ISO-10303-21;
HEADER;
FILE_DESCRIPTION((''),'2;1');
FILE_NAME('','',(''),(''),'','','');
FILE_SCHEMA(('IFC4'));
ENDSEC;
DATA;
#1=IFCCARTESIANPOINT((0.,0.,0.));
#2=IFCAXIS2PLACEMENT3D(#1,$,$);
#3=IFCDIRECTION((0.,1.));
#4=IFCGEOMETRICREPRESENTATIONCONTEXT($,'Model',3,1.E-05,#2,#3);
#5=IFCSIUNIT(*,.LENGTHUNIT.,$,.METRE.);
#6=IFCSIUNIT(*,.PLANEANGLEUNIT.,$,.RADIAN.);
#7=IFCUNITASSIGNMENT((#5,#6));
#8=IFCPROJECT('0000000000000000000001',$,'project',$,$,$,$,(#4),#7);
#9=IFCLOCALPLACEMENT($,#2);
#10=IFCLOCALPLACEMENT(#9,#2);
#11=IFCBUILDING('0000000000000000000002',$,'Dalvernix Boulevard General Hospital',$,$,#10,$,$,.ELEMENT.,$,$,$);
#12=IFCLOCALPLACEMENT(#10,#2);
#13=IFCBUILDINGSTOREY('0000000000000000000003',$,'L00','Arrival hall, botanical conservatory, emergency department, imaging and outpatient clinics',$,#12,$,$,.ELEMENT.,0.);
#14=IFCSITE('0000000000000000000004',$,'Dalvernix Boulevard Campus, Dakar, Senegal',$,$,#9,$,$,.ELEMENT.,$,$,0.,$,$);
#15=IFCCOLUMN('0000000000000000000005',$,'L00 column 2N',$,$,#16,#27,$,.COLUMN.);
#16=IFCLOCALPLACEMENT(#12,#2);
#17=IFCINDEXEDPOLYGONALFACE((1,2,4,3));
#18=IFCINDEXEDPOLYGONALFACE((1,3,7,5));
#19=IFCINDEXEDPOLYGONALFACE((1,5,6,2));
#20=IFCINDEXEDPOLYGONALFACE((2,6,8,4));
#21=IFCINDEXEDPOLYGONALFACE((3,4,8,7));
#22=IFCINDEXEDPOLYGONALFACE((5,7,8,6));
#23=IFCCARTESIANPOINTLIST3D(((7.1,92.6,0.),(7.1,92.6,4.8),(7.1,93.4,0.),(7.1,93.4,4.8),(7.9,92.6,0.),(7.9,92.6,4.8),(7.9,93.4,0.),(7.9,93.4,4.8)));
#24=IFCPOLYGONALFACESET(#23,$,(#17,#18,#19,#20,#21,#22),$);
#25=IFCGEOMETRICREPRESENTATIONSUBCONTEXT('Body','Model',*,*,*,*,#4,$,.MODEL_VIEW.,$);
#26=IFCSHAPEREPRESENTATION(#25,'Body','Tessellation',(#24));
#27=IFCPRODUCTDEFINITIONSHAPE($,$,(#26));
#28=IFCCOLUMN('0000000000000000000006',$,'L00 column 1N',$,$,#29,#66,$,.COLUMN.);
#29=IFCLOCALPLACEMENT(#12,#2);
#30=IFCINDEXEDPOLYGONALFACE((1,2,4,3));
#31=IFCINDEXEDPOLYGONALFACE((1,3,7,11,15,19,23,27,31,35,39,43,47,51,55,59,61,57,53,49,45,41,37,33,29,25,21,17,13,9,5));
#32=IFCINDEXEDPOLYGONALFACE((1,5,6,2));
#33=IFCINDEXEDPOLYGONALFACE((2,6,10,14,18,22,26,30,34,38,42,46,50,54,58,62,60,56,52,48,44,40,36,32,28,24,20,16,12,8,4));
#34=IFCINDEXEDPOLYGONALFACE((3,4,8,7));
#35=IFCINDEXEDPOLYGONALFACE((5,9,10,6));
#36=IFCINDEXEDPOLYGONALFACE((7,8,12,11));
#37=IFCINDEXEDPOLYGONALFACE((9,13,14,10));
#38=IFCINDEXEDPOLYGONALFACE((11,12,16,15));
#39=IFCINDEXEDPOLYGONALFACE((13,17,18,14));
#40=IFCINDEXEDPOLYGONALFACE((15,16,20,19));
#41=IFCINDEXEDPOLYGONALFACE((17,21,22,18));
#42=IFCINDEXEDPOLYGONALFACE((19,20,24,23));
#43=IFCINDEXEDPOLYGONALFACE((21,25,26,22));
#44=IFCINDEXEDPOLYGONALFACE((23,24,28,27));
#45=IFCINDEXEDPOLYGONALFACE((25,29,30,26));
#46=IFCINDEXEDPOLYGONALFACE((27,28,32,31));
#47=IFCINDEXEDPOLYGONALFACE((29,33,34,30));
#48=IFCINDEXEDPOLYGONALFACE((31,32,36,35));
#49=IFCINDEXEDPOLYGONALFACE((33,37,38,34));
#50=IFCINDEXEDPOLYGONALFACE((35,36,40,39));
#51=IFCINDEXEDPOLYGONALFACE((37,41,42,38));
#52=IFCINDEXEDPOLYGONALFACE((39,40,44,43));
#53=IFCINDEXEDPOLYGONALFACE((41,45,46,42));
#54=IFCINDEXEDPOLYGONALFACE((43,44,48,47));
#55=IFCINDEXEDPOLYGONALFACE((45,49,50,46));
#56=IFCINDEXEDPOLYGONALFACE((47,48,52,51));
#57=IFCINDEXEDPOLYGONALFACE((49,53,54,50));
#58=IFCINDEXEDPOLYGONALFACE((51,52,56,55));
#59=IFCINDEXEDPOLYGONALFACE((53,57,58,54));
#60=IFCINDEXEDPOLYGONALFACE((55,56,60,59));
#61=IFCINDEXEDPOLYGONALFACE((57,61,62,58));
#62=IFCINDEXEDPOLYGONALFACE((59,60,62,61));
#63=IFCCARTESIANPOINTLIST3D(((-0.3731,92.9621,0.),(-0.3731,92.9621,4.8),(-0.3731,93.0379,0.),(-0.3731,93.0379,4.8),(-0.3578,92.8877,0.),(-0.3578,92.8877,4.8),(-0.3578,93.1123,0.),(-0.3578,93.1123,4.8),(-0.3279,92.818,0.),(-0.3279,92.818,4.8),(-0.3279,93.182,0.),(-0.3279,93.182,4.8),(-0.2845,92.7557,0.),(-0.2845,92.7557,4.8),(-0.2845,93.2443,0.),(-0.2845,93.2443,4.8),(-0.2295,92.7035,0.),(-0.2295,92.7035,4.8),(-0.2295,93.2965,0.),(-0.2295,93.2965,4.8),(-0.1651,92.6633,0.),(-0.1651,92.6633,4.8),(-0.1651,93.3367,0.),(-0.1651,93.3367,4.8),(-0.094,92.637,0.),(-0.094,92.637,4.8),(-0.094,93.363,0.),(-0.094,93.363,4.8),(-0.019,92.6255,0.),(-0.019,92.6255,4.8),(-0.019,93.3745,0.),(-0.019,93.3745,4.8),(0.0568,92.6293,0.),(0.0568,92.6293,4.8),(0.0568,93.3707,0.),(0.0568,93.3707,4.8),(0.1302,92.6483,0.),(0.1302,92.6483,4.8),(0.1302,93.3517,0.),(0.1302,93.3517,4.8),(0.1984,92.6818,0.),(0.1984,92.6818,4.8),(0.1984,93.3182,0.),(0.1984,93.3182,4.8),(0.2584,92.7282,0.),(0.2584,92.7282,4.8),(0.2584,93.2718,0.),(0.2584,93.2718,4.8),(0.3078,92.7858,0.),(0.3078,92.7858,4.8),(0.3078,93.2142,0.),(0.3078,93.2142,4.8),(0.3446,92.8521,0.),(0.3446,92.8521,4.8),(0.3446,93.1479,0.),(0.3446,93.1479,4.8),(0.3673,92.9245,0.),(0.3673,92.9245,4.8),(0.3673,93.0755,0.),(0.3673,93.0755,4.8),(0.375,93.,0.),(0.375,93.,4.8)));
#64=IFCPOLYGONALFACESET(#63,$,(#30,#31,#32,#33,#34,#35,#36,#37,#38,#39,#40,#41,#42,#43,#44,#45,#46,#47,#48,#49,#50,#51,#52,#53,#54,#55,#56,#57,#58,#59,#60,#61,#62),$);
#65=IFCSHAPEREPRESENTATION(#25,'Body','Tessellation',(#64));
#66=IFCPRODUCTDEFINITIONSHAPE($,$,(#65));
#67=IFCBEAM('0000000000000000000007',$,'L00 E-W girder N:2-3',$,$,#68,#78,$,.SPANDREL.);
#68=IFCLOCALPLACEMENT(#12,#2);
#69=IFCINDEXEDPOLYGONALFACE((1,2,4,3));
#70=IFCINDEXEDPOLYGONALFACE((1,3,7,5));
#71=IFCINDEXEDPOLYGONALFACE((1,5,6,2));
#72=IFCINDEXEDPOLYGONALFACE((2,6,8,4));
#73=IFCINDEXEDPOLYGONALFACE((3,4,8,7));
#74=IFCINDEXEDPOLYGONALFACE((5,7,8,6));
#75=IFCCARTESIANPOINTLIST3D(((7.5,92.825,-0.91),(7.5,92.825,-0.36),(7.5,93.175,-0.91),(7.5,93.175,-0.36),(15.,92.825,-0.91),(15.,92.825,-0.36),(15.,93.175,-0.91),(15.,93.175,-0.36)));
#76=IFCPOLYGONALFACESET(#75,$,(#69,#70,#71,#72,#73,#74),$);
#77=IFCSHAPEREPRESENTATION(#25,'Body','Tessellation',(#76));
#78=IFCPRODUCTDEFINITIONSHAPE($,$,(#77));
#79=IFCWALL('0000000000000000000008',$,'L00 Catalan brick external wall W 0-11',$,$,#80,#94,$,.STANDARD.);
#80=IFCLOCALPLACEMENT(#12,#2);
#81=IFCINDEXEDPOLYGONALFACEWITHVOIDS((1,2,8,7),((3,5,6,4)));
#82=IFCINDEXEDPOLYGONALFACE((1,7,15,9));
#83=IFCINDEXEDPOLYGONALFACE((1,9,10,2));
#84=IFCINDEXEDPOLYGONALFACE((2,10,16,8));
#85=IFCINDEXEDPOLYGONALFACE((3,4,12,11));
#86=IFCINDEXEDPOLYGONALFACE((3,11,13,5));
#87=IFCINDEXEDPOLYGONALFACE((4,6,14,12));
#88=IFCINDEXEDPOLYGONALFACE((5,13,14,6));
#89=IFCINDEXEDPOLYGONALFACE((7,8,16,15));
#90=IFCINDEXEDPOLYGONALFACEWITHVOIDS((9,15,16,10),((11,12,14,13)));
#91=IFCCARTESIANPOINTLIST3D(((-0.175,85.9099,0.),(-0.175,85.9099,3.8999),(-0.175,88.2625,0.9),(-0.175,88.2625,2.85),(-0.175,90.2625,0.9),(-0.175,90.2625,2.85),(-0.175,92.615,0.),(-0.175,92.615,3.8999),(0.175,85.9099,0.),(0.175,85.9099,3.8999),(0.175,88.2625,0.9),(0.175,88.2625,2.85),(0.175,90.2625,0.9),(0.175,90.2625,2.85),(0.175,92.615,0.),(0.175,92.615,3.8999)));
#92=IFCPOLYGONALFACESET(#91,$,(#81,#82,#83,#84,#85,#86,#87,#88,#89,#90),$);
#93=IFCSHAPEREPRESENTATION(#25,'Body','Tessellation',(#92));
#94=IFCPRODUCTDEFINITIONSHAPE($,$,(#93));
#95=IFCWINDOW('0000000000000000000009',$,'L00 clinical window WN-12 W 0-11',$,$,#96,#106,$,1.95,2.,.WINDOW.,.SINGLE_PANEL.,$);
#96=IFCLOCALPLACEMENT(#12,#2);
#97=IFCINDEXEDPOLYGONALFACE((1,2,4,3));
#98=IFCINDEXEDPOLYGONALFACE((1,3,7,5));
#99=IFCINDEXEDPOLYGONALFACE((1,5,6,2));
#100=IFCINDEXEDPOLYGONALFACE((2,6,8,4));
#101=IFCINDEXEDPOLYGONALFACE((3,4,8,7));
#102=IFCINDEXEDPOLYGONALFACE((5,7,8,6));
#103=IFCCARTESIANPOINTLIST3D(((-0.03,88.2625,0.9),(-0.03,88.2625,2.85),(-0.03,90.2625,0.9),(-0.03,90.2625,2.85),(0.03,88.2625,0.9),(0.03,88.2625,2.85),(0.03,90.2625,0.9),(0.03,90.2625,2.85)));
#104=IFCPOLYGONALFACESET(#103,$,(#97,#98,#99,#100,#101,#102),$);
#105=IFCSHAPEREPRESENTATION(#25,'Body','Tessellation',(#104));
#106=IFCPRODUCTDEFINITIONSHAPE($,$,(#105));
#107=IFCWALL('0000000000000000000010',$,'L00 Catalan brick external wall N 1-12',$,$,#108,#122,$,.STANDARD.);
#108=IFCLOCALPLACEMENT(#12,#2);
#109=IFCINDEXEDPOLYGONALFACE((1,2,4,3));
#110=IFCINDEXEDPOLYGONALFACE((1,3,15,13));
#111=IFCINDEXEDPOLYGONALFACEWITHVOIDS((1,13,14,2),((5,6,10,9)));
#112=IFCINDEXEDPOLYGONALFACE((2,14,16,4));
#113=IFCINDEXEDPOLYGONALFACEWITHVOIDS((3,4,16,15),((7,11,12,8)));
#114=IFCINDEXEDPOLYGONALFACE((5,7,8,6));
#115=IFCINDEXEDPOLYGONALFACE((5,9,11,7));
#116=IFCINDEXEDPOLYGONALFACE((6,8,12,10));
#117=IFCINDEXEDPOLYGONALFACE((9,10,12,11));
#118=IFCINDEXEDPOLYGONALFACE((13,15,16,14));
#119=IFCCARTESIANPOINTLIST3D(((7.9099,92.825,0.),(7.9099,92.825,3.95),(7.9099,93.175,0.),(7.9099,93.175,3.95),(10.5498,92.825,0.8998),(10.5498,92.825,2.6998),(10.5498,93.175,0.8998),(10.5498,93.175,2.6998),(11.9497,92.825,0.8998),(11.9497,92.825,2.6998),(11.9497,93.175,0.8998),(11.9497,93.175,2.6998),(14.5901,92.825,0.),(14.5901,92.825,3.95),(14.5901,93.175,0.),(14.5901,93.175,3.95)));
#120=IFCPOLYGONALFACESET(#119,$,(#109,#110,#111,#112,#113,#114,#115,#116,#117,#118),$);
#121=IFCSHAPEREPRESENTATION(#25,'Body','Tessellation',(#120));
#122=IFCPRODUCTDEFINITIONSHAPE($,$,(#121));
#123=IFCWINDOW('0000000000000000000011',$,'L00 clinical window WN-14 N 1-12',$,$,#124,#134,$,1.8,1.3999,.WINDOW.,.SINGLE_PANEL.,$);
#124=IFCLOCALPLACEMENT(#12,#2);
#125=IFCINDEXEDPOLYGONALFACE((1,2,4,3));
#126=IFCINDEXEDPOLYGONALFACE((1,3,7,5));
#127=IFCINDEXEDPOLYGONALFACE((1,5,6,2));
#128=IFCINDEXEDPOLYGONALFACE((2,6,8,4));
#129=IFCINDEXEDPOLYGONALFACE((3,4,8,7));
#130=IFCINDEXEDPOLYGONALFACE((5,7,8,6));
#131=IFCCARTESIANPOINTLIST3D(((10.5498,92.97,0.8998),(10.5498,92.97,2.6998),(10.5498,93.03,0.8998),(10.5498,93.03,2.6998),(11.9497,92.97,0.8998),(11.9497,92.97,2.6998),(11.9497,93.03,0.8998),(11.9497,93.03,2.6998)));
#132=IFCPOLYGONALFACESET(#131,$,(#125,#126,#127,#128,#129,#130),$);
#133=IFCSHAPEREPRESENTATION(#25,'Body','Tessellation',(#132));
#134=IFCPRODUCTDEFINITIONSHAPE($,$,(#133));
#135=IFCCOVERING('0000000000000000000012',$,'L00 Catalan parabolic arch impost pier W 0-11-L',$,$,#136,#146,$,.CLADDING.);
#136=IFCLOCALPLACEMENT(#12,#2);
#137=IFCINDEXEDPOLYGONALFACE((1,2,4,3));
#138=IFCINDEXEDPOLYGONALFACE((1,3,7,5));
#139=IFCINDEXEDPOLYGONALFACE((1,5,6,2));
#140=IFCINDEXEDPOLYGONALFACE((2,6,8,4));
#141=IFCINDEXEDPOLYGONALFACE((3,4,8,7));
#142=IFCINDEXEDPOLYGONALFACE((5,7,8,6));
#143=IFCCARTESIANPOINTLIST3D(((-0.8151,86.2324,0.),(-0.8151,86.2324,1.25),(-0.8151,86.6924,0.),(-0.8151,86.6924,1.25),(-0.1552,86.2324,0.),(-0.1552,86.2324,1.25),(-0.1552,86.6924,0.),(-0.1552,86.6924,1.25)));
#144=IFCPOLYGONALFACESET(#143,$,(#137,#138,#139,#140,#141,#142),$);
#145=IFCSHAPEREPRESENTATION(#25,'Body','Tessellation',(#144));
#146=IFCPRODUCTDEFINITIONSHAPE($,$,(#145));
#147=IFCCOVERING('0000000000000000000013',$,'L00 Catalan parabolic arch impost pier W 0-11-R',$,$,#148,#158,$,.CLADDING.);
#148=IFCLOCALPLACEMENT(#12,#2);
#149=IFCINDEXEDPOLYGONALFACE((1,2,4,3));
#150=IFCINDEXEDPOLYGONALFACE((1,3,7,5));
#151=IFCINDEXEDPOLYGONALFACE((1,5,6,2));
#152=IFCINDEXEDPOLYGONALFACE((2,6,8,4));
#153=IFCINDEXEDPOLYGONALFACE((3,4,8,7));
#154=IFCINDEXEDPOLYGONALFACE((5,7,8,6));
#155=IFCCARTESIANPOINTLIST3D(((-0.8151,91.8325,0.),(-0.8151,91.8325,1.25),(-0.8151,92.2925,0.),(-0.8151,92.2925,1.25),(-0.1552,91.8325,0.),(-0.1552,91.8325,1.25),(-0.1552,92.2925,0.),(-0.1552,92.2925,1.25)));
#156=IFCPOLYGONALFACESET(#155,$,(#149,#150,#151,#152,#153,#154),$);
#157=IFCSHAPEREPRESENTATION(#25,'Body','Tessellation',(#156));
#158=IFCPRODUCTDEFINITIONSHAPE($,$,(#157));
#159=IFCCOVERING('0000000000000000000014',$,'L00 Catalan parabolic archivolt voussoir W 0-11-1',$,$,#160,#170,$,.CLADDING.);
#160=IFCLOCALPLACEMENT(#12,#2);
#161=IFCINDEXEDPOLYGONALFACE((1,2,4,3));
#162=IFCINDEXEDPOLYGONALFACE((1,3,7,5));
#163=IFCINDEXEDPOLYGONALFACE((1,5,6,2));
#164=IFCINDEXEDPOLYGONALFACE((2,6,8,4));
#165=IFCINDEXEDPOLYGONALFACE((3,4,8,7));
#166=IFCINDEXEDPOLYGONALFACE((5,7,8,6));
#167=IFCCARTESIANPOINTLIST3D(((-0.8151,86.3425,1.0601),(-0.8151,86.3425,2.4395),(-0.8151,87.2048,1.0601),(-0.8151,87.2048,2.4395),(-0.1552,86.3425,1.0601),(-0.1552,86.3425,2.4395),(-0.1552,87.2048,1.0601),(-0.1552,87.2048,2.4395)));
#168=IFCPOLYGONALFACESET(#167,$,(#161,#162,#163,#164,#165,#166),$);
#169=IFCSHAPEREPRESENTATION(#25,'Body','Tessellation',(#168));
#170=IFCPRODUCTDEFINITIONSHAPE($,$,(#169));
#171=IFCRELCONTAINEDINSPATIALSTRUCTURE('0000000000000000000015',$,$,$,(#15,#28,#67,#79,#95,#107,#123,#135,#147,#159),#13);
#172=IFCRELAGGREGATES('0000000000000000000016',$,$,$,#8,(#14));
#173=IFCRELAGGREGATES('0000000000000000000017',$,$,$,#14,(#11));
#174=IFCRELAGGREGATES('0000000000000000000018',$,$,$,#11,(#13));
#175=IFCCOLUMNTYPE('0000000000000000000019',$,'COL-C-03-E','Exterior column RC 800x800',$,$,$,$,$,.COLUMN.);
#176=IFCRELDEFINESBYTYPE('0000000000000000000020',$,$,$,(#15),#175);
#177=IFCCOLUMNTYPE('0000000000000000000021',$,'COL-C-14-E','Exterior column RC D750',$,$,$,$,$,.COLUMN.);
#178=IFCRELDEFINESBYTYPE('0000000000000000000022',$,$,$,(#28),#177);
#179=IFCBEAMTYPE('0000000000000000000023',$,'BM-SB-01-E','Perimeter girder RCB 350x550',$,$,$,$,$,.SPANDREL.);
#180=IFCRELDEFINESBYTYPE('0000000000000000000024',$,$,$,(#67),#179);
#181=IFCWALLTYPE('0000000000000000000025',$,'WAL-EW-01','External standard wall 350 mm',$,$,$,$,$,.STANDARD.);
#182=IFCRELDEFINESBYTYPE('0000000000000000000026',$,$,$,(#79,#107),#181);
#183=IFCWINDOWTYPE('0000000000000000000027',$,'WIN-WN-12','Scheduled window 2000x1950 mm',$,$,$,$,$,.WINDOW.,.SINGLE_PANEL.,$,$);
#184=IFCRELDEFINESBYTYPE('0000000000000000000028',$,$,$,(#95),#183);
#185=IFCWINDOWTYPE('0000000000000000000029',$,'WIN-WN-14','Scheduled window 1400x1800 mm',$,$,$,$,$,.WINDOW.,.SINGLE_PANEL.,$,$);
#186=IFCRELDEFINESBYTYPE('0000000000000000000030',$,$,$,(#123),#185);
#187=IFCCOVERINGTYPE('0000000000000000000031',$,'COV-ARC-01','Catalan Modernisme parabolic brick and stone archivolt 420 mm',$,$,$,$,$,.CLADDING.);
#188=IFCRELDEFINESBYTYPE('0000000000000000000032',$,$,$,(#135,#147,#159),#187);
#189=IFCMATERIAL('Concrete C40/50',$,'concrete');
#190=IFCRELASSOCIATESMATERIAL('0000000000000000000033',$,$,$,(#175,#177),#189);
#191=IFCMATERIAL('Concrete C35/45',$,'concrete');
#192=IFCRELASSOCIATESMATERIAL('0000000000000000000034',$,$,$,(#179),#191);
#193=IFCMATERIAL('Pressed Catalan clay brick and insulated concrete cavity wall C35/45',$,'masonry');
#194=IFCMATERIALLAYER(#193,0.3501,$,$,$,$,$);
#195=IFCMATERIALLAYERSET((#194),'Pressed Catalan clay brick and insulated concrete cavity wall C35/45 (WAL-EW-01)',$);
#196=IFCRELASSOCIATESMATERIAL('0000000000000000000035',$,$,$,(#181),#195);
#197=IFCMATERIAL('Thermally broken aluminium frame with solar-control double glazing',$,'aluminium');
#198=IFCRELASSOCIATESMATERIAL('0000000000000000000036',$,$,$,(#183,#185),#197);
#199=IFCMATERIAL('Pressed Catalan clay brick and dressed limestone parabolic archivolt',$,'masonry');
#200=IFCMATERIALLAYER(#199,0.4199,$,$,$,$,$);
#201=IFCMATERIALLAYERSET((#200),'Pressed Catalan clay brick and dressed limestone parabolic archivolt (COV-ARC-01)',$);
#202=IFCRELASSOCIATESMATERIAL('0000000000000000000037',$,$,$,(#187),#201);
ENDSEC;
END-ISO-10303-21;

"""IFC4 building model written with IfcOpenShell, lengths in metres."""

from ifc_helpers import new_model, si_unit, direction, frame, frame_2d, origin, origin_2d, place, context, subcontext, project, spatial, rectangle, circle, extrude, material, layer, layer_set, material_profile, profile_set, type_object, element, fill, save


model = new_model("IFC4")

# Units and contexts
model_context = context("Model", 3, precision=1e-05, world=origin(), true_north=direction((0.0, 1.0)))
body_context = subcontext(model_context, "Body", "Model", "MODEL_VIEW")
ifc_project = project(units=[si_unit("LENGTHUNIT", "METRE"), si_unit("PLANEANGLEUNIT", "RADIAN")], contexts=[model_context])

# Site, building, storey
site_placement = place(None, origin())
site = spatial("IfcSite", under=ifc_project, at=site_placement, Name="Dalvernix Boulevard Campus, Dakar, Senegal", CompositionType="ELEMENT", RefElevation=0.0)
building_placement = place(site_placement, origin())
building = spatial("IfcBuilding", under=site, at=building_placement, Name="Dalvernix Boulevard General Hospital", CompositionType="ELEMENT")
storey_placement = place(building_placement, origin())
storey = spatial("IfcBuildingStorey", under=building, at=storey_placement, Name="L00", Description="Arrival hall, botanical conservatory, emergency department, imaging and outpatient clinics", CompositionType="ELEMENT", Elevation=0.0)

# Columns
ifc_material_1 = material(Name="Concrete C40/50", Category="concrete")
ifc_material_profile_1 = material_profile(ifc_material_1, rectangle(XDim=0.8, YDim=0.8, at=origin_2d()), Name="RC 800x800")
ifc_profile_set_1 = profile_set([ifc_material_profile_1], Name="Concrete C40/50")
column_type_1 = type_object("IfcColumnType", Name="COL-C-03-E", Description="Exterior column RC 800x800", PredefinedType="COLUMN", material=ifc_profile_set_1)
column_1_placement = place(storey_placement, frame((7.5, 93.0, 0.0), z_axis=(0.0, 0.0, 1.0), x_axis=(1.0, 0.0, 0.0)))
element("IfcColumn", 1, at=column_1_placement, inside=storey, type_object=column_type_1, Name="L00 column 2N", PredefinedType="COLUMN", context=body_context, shape_type="SweptSolid", body=[
    extrude(rectangle(XDim=0.8, YDim=0.8, at=origin_2d()), origin(), (0.0, 0.0, 1.0), 4.8),
])
ifc_material_profile_2 = material_profile(ifc_material_1, circle(Radius=0.375, at=origin_2d()), Name="RC D750")
ifc_profile_set_2 = profile_set([ifc_material_profile_2], Name="Concrete C40/50")
column_type_2 = type_object("IfcColumnType", Name="COL-C-14-E", Description="Exterior column RC D750", PredefinedType="COLUMN", material=ifc_profile_set_2)
column_2_placement = place(storey_placement, frame((0.0, 93.0, 0.0), z_axis=(0.0, 0.0, 1.0), x_axis=(1.0, 0.0, 0.0)))
element("IfcColumn", 2, at=column_2_placement, inside=storey, type_object=column_type_2, Name="L00 column 1N", PredefinedType="COLUMN", context=body_context, shape_type="SweptSolid", body=[
    extrude(circle(Radius=0.375, at=origin_2d()), origin(), (0.0, 0.0, 1.0), 4.8),
])

# Beam
ifc_material_2 = material(Name="Concrete C35/45", Category="concrete")
ifc_material_profile_3 = material_profile(ifc_material_2, rectangle(XDim=0.3501, YDim=0.55, at=origin_2d()), Name="RCB 350x550")
ifc_profile_set_3 = profile_set([ifc_material_profile_3], Name="Concrete C35/45")
beam_type = type_object("IfcBeamType", Name="BM-SB-01-E", Description="Perimeter girder RCB 350x550", PredefinedType="SPANDREL", material=ifc_profile_set_3)
beam_placement = place(storey_placement, frame((7.5, 93.0, -0.635), z_axis=(1.0, 0.0, 0.0), x_axis=(0.0, 1.0, 0.0)))
element("IfcBeam", 3, at=beam_placement, inside=storey, type_object=beam_type, Name="L00 E-W girder N:2-3", PredefinedType="SPANDREL", context=body_context, shape_type="SweptSolid", body=[
    extrude(rectangle(XDim=0.3501, YDim=0.55, at=origin_2d()), origin(), (0.0, 0.0, 1.0), 7.5),
])

# Shared definitions
ifc_material_3 = material(Name="Pressed Catalan clay brick and insulated concrete cavity wall C35/45", Category="masonry")
ifc_layer_1 = layer(ifc_material_3, 0.3501)
ifc_layer_set_1 = layer_set([ifc_layer_1], Name="Pressed Catalan clay brick and insulated concrete cavity wall C35/45 (WAL-EW-01)")
wall_type = type_object("IfcWallType", Name="WAL-EW-01", Description="External standard wall 350 mm", PredefinedType="STANDARD", material=ifc_layer_set_1)

# Walls, openings, windows
wall_1_placement = place(storey_placement, frame((0.0, 85.9099, 0.0), z_axis=(0.0, 0.0, 1.0), x_axis=(0.0, 1.0, 0.0)))
wall_1 = element("IfcWall", 4, at=wall_1_placement, inside=storey, type_object=wall_type, Name="L00 Catalan brick external wall W 0-11", PredefinedType="STANDARD", context=body_context, shape_type="SweptSolid", body=[
    extrude(rectangle(XDim=6.7051, YDim=0.3501, at=frame_2d((3.3525, 0.0))), origin(), (0.0, 0.0, 1.0), 3.8999),
])
opening_1_placement = place(wall_1_placement, frame((2.3525, 0.0, 0.8999)))
opening_1 = element("IfcOpeningElement", 5, at=opening_1_placement, cuts=wall_1, PredefinedType="OPENING", context=body_context, shape_type="SweptSolid", body=[
    extrude(rectangle(XDim=2.0, YDim=1.95, at=frame_2d((1.0, 0.9751))), frame((0.0, 0.1851, 0.0), z_axis=(0.0, -1.0, 0.0), x_axis=(1.0, 0.0, 0.0)), (0.0, 0.0, 1.0), 0.3701),
])
ifc_material_4 = material(Name="Thermally broken aluminium frame with solar-control double glazing", Category="aluminium")
window_type_1 = type_object("IfcWindowType", Name="WIN-WN-12", Description="Scheduled window 2000x1950 mm", PartitioningType="SINGLE_PANEL", PredefinedType="WINDOW", material=ifc_material_4)
window_1_placement = place(opening_1_placement, origin())
window_1 = element("IfcWindow", 6, at=window_1_placement, inside=storey, type_object=window_type_1, Name="L00 clinical window WN-12 W 0-11", OverallHeight=1.95, OverallWidth=2.0, PartitioningType="SINGLE_PANEL", PredefinedType="WINDOW", context=body_context, shape_type="SweptSolid", body=[
    extrude(rectangle(XDim=2.0, YDim=1.95, at=frame_2d((1.0, 0.9751))), frame((0.0, 0.03, 0.0), z_axis=(0.0, -1.0, 0.0), x_axis=(1.0, 0.0, 0.0)), (0.0, 0.0, 1.0), 0.0601),
])
fill(opening_1, window_1)
wall_2_placement = place(storey_placement, frame((7.9099, 93.0, 0.0), z_axis=(0.0, 0.0, 1.0), x_axis=(1.0, 0.0, 0.0)))
wall_2 = element("IfcWall", 7, at=wall_2_placement, inside=storey, type_object=wall_type, Name="L00 Catalan brick external wall N 1-12", PredefinedType="STANDARD", context=body_context, shape_type="SweptSolid", body=[
    extrude(rectangle(XDim=6.6802, YDim=0.3501, at=frame_2d((3.3401, 0.0))), origin(), (0.0, 0.0, 1.0), 3.95),
])
opening_2_placement = place(wall_2_placement, frame((2.6399, 0.0, 0.8999)))
opening_2 = element("IfcOpeningElement", 8, at=opening_2_placement, cuts=wall_2, PredefinedType="OPENING", context=body_context, shape_type="SweptSolid", body=[
    extrude(rectangle(XDim=1.3999, YDim=1.8, at=frame_2d((0.7, 0.8999))), frame((0.0, 0.1851, 0.0), z_axis=(0.0, -1.0, 0.0), x_axis=(1.0, 0.0, 0.0)), (0.0, 0.0, 1.0), 0.3701),
])
window_type_2 = type_object("IfcWindowType", Name="WIN-WN-14", Description="Scheduled window 1400x1800 mm", PartitioningType="SINGLE_PANEL", PredefinedType="WINDOW", material=ifc_material_4)
window_2_placement = place(opening_2_placement, origin())
window_2 = element("IfcWindow", 9, at=window_2_placement, inside=storey, type_object=window_type_2, Name="L00 clinical window WN-14 N 1-12", OverallHeight=1.8, OverallWidth=1.3999, PartitioningType="SINGLE_PANEL", PredefinedType="WINDOW", context=body_context, shape_type="SweptSolid", body=[
    extrude(rectangle(XDim=1.3999, YDim=1.8, at=frame_2d((0.7, 0.8999))), frame((0.0, 0.03, 0.0), z_axis=(0.0, -1.0, 0.0), x_axis=(1.0, 0.0, 0.0)), (0.0, 0.0, 1.0), 0.0601),
])
fill(opening_2, window_2)

# Coverings
ifc_material_5 = material(Name="Pressed Catalan clay brick and dressed limestone parabolic archivolt", Category="masonry")
ifc_layer_2 = layer(ifc_material_5, 0.4199)
ifc_layer_set_2 = layer_set([ifc_layer_2], Name="Pressed Catalan clay brick and dressed limestone parabolic archivolt (COV-ARC-01)")
covering_type_1 = type_object("IfcCoveringType", Name="COV-ARC-01", Description="Catalan Modernisme parabolic brick and stone archivolt 420 mm", PredefinedType="CLADDING", material=ifc_layer_set_2)
for number, where, z_axis, x_axis, name in (
    (10, (-0.4851, 86.4624, 0.0), (0.0, 0.0, 1.0), (0.0, 1.0, 0.0), "L00 Catalan parabolic arch impost pier W 0-11-L"),
    (11, (-0.4851, 92.0625, 0.0), (0.0, 0.0, 1.0), (0.0, 1.0, 0.0), "L00 Catalan parabolic arch impost pier W 0-11-R"),
):
    element("IfcCovering", number, at=place(storey_placement, frame(where, z_axis=z_axis, x_axis=x_axis)), inside=storey, type_object=covering_type_1, Name=name, PredefinedType="CLADDING", context=body_context, shape_type="SweptSolid", body=[
        extrude(rectangle(XDim=0.46, YDim=0.6599, at=origin_2d()), origin(), (0.0, 0.0, 1.0), 1.25),
    ])
covering_1_placement = place(storey_placement, frame((-0.4851, 86.7737, 1.0601), z_axis=(0.0, 0.0, 1.0), x_axis=(0.0, 1.0, 0.0)))
element("IfcCovering", 12, at=covering_1_placement, inside=storey, type_object=covering_type_1, Name="L00 Catalan parabolic archivolt voussoir W 0-11-1", PredefinedType="CLADDING", context=body_context, shape_type="SweptSolid", body=[
    extrude(rectangle(XDim=0.8623, YDim=0.6599, at=origin_2d()), origin(), (0.0, 0.0, 1.0), 1.3794),
])

save(model, "model.ifc")
